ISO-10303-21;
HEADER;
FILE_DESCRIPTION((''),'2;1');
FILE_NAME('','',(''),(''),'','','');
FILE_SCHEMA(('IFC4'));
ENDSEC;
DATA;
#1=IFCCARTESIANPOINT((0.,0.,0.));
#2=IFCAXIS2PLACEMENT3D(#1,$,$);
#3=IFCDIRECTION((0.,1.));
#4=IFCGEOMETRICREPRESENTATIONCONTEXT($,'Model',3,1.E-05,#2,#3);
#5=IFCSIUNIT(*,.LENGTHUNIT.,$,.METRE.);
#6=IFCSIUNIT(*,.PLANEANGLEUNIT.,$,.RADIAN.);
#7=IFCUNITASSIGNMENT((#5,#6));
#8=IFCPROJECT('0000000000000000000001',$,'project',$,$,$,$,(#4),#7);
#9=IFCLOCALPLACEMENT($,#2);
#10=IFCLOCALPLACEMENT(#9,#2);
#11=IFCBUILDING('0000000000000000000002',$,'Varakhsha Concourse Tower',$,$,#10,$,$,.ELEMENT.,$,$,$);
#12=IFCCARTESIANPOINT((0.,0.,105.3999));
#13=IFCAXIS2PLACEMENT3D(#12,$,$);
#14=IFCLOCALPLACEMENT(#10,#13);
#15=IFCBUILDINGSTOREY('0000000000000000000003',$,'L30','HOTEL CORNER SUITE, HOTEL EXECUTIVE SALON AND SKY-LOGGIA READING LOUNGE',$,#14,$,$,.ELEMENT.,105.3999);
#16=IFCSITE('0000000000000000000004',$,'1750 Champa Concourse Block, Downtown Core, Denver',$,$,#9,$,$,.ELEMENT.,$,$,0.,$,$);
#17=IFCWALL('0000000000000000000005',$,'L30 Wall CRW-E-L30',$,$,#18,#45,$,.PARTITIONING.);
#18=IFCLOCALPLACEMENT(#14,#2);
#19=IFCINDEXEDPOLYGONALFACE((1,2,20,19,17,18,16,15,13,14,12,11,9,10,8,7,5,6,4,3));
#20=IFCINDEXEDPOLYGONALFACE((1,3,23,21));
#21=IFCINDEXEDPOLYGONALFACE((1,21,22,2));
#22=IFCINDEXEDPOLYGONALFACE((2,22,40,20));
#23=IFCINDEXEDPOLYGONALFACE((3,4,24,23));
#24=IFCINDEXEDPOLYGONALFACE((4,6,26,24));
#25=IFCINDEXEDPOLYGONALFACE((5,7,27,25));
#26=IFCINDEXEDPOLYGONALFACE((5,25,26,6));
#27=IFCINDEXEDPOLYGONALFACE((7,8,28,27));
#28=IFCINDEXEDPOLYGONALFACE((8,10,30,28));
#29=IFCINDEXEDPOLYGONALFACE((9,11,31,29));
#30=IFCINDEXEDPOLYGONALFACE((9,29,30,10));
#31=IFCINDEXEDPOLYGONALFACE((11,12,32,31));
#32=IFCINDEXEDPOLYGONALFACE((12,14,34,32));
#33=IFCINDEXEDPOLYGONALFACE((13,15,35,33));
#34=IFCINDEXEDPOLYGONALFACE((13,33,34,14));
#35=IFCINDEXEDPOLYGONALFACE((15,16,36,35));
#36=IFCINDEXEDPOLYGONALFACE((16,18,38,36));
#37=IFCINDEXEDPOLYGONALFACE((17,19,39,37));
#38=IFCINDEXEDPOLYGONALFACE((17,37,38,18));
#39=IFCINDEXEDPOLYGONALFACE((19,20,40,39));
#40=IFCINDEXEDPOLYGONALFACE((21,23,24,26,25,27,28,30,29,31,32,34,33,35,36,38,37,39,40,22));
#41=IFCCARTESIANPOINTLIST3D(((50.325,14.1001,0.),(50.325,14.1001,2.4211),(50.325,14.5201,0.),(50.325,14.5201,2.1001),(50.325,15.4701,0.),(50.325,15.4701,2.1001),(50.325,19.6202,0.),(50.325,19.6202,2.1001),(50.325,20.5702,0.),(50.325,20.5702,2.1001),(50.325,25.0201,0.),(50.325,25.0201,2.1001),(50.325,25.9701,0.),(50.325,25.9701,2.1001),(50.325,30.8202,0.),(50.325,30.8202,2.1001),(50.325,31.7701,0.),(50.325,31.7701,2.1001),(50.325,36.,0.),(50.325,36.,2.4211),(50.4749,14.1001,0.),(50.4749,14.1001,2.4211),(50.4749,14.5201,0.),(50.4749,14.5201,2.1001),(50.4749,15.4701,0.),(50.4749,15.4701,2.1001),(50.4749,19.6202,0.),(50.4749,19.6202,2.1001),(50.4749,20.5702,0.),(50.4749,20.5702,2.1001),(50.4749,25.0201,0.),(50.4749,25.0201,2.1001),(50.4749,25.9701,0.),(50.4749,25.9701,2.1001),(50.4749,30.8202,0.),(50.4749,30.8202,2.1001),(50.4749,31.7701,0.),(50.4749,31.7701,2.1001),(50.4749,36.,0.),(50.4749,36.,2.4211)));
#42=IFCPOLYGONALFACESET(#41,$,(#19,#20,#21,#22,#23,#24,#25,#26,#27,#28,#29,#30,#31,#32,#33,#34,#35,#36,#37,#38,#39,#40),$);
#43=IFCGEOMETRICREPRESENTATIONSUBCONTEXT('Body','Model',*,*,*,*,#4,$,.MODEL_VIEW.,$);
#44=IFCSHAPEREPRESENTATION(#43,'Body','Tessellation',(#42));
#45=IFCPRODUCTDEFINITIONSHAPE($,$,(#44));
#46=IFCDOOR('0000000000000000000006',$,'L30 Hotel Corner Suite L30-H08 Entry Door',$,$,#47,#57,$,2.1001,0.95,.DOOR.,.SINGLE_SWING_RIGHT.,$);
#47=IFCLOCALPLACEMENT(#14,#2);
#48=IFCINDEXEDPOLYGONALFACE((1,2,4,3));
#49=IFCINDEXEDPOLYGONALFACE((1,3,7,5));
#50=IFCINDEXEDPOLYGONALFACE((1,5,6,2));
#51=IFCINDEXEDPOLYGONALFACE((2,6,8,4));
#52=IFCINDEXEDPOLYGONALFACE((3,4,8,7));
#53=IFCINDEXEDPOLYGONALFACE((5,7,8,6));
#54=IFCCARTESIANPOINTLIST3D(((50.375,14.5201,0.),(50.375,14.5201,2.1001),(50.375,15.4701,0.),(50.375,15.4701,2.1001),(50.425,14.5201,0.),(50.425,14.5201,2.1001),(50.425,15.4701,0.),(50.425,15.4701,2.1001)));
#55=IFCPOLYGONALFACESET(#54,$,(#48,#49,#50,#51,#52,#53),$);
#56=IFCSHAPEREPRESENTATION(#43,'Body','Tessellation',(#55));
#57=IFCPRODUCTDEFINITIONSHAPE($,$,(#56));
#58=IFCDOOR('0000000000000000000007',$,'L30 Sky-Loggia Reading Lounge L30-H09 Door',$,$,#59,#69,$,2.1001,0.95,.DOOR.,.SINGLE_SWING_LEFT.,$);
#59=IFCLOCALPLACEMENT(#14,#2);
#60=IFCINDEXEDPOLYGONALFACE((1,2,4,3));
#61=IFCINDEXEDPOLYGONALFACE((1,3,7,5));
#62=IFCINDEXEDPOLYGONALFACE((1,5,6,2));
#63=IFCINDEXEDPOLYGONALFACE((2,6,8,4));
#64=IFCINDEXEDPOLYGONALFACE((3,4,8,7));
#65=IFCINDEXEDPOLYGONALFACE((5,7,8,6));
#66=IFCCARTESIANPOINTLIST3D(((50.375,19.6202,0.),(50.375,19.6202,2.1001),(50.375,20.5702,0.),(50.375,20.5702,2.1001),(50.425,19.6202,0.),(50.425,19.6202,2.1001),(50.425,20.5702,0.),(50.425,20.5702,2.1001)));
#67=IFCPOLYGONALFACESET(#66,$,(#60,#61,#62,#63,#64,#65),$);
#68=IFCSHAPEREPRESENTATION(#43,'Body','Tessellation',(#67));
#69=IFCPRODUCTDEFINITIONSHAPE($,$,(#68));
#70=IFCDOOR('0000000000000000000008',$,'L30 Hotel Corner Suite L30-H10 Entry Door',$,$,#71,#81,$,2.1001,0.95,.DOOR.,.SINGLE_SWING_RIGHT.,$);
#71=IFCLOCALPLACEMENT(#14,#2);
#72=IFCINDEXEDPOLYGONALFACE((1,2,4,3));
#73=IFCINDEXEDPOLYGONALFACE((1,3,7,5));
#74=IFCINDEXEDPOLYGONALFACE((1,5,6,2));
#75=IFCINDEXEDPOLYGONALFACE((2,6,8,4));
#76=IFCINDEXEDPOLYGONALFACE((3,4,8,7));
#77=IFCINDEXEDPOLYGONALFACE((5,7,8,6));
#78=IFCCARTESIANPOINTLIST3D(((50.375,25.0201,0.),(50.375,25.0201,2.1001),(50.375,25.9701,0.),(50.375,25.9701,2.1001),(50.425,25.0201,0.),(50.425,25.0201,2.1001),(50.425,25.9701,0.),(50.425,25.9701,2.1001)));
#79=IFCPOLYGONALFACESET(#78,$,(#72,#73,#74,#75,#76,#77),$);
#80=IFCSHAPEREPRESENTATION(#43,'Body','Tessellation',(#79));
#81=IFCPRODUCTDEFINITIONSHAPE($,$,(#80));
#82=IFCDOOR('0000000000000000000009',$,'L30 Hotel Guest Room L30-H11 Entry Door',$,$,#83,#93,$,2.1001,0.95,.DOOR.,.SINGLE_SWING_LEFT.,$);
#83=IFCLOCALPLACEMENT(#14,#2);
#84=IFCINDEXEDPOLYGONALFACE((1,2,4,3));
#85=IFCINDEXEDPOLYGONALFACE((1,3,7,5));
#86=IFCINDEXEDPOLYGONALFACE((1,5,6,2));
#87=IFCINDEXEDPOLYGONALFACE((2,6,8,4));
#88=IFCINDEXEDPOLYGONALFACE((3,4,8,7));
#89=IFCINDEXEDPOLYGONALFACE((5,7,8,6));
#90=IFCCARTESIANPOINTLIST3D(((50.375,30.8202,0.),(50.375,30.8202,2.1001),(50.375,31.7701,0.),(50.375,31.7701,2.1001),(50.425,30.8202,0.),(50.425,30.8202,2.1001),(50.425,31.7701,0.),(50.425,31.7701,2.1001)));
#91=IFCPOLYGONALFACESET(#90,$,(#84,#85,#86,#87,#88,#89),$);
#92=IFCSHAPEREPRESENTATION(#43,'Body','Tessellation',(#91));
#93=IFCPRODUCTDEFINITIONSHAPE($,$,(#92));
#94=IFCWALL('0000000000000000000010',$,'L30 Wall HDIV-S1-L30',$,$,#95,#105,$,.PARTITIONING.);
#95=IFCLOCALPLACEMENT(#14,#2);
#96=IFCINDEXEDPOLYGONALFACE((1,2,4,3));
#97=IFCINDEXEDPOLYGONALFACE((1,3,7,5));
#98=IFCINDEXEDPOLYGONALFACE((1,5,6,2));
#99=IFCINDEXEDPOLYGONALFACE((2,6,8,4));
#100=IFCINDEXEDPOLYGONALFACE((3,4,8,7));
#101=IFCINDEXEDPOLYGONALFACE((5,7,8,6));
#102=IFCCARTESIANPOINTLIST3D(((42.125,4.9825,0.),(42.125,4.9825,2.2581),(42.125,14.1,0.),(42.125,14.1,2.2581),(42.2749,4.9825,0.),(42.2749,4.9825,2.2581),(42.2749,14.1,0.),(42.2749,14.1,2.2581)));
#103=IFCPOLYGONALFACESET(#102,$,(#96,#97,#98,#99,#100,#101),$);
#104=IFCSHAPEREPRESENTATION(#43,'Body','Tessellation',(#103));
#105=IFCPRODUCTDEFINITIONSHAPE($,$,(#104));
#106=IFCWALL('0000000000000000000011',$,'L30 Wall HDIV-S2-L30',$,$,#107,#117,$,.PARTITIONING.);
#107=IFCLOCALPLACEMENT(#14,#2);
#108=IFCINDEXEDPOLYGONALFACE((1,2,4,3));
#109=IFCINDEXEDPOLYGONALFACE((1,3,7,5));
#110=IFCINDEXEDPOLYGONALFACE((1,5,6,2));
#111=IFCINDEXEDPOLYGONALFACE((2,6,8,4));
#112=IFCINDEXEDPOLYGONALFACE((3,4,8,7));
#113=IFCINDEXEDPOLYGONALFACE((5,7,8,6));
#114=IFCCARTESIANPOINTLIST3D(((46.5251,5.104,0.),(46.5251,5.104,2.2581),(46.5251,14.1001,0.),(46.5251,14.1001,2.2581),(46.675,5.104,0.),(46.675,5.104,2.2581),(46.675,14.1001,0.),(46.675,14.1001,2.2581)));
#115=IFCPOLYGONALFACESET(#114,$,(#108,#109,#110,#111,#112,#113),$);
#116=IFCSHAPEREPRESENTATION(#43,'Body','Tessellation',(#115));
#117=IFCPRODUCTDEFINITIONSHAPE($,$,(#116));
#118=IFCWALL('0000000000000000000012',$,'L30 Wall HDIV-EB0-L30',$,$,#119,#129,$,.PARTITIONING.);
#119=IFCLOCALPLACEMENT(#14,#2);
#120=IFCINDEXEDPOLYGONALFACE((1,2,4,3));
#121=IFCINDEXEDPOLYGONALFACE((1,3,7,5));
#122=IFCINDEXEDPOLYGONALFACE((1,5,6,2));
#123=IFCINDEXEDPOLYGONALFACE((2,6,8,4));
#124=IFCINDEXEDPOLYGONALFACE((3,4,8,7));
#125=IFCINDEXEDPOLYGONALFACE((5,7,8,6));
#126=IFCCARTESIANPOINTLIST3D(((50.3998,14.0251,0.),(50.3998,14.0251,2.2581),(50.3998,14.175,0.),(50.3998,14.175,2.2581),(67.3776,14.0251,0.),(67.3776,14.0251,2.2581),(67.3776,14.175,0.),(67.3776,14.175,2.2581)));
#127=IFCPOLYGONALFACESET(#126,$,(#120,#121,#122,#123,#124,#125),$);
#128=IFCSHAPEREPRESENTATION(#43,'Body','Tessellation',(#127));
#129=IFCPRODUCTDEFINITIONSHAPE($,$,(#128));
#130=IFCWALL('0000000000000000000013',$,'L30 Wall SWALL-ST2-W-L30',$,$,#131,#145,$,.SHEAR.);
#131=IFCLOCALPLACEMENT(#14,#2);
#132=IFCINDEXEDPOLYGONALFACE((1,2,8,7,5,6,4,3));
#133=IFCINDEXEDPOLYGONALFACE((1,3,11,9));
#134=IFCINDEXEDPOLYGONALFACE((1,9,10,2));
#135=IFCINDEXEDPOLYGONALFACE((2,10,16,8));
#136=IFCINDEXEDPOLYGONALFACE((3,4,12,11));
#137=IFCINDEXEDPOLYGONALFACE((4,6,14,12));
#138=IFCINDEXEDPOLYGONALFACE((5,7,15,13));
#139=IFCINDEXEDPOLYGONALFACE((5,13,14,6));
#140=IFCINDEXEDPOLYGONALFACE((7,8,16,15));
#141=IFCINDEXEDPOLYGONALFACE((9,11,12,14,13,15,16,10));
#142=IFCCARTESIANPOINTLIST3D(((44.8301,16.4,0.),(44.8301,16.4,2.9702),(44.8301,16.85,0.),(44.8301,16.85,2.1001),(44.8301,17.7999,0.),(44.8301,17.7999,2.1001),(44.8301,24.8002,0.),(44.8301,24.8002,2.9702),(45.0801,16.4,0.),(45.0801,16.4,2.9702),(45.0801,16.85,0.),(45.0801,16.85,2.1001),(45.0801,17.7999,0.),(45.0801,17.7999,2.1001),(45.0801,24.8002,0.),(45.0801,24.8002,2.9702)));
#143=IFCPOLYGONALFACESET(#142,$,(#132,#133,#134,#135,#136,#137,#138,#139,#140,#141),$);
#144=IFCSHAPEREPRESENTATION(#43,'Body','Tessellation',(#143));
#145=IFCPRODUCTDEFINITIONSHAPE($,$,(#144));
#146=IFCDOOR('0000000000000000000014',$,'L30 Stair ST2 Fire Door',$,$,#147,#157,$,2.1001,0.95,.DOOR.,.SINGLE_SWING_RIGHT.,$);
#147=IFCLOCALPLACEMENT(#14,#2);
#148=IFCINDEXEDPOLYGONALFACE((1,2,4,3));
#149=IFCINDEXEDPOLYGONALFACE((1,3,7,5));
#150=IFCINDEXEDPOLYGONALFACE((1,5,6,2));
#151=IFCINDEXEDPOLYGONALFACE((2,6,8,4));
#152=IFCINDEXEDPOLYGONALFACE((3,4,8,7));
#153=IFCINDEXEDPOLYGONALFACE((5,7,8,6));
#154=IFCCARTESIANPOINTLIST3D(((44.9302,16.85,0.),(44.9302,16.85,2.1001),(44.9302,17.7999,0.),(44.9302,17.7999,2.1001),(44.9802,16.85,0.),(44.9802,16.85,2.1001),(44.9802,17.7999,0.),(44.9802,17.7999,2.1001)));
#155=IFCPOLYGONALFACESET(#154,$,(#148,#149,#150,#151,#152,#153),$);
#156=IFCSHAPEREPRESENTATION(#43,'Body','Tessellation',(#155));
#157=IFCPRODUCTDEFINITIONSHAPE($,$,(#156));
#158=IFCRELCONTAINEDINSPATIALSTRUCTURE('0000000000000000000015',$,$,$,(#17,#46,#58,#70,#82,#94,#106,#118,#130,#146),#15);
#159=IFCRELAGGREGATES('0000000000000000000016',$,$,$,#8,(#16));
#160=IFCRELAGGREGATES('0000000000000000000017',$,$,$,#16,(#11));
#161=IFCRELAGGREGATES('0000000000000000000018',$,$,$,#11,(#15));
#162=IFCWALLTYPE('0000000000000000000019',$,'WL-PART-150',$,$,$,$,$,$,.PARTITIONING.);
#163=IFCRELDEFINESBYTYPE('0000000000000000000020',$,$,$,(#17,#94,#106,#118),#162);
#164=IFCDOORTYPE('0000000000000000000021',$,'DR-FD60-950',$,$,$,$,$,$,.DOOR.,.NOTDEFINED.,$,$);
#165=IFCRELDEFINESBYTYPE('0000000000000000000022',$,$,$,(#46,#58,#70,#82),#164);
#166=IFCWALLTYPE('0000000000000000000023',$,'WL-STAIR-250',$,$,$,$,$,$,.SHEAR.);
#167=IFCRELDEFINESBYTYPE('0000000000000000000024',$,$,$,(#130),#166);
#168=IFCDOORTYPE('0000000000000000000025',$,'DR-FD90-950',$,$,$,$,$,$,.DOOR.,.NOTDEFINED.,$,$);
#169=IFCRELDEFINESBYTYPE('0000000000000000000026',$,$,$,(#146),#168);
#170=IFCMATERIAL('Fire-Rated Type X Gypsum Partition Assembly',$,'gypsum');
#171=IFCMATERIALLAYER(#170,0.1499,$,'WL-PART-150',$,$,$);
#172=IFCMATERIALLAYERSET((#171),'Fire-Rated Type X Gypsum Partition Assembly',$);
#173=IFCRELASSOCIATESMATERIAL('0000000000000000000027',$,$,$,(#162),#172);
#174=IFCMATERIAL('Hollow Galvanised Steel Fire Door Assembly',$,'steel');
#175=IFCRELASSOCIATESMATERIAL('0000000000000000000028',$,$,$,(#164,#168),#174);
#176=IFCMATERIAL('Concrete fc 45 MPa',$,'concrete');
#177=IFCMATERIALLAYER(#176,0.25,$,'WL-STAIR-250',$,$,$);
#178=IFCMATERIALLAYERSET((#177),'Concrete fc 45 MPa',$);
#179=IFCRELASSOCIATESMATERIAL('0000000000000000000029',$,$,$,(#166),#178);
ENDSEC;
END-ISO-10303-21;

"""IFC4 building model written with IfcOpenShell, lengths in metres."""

from ifc_helpers import new_model, si_unit, direction, frame, frame_2d, origin, place, context, subcontext, project, spatial, rectangle, extrude, material, layer, layer_set, type_object, element, fill, save


model = new_model("IFC4")

# Units and contexts
model_context = context("Model", 3, precision=1e-05, world=origin(), true_north=direction((0.0, 1.0)))
body_context = subcontext(model_context, "Body", "Model", "MODEL_VIEW")
ifc_project = project(units=[si_unit("LENGTHUNIT", "METRE"), si_unit("PLANEANGLEUNIT", "RADIAN")], contexts=[model_context])

# Site, building, storey
site_placement = place(None, origin())
site = spatial("IfcSite", under=ifc_project, at=site_placement, Name="1750 Champa Concourse Block, Downtown Core, Denver", CompositionType="ELEMENT", RefElevation=0.0)
building_placement = place(site_placement, origin())
building = spatial("IfcBuilding", under=site, at=building_placement, Name="Varakhsha Concourse Tower", CompositionType="ELEMENT")
storey_placement = place(building_placement, frame((0.0, 0.0, 105.3999)))
storey = spatial("IfcBuildingStorey", under=building, at=storey_placement, Name="L30", Description="HOTEL CORNER SUITE, HOTEL EXECUTIVE SALON AND SKY-LOGGIA READING LOUNGE", CompositionType="ELEMENT", Elevation=105.3999)

# Shared definitions
ifc_material_1 = material(Name="Concrete fc 45 MPa", Category="concrete")

# Shared definitions
ifc_material_2 = material(Name="Fire-Rated Type X Gypsum Partition Assembly", Category="gypsum")

# Wall, openings, doors
ifc_layer_1 = layer(ifc_material_2, 0.1499, Name="WL-PART-150")
ifc_layer_set_1 = layer_set([ifc_layer_1], Name="Fire-Rated Type X Gypsum Partition Assembly")
wall_type_1 = type_object("IfcWallType", Name="WL-PART-150", PredefinedType="PARTITIONING", material=ifc_layer_set_1)
wall_1_placement = place(storey_placement, frame((50.3999, 14.1001, 0.0), z_axis=(0.0, 0.0, 1.0), x_axis=(0.0, 1.0, 0.0)))
wall_1 = element("IfcWall", 1, at=wall_1_placement, inside=storey, type_object=wall_type_1, Name="L30 Wall CRW-E-L30", PredefinedType="PARTITIONING", context=body_context, shape_type="SweptSolid", body=[
    extrude(rectangle(XDim=21.8999, YDim=0.1499, at=frame_2d((10.95, 0.0))), origin(), (0.0, 0.0, 1.0), 2.4211),
])
opening_1_placement = place(wall_1_placement, frame((0.4199, 0.0, 0.0)))
opening_1 = element("IfcOpeningElement", 2, at=opening_1_placement, cuts=wall_1, PredefinedType="OPENING", context=body_context, shape_type="SweptSolid", body=[
    extrude(rectangle(XDim=0.95, YDim=2.1001, at=frame_2d((0.4751, 1.05))), frame((0.0, 0.085, 0.0), z_axis=(0.0, -1.0, 0.0), x_axis=(1.0, 0.0, 0.0)), (0.0, 0.0, 1.0), 0.1699),
])
opening_2_placement = place(wall_1_placement, frame((5.52, 0.0, 0.0)))
opening_2 = element("IfcOpeningElement", 3, at=opening_2_placement, cuts=wall_1, PredefinedType="OPENING", context=body_context, shape_type="SweptSolid", body=[
    extrude(rectangle(XDim=0.95, YDim=2.1001, at=frame_2d((0.4751, 1.05))), frame((0.0, 0.085, 0.0), z_axis=(0.0, -1.0, 0.0), x_axis=(1.0, 0.0, 0.0)), (0.0, 0.0, 1.0), 0.1699),
])
opening_3_placement = place(wall_1_placement, frame((10.9199, 0.0, 0.0)))
opening_3 = element("IfcOpeningElement", 4, at=opening_3_placement, cuts=wall_1, PredefinedType="OPENING", context=body_context, shape_type="SweptSolid", body=[
    extrude(rectangle(XDim=0.95, YDim=2.1001, at=frame_2d((0.4751, 1.05))), frame((0.0, 0.085, 0.0), z_axis=(0.0, -1.0, 0.0), x_axis=(1.0, 0.0, 0.0)), (0.0, 0.0, 1.0), 0.1699),
])
opening_4_placement = place(wall_1_placement, frame((16.72, 0.0, 0.0)))
opening_4 = element("IfcOpeningElement", 5, at=opening_4_placement, cuts=wall_1, PredefinedType="OPENING", context=body_context, shape_type="SweptSolid", body=[
    extrude(rectangle(XDim=0.95, YDim=2.1001, at=frame_2d((0.4751, 1.05))), frame((0.0, 0.085, 0.0), z_axis=(0.0, -1.0, 0.0), x_axis=(1.0, 0.0, 0.0)), (0.0, 0.0, 1.0), 0.1699),
])
ifc_material_3 = material(Name="Hollow Galvanised Steel Fire Door Assembly", Category="steel")
door_type_1 = type_object("IfcDoorType", Name="DR-FD60-950", OperationType="NOTDEFINED", PredefinedType="DOOR", material=ifc_material_3)
door_1_placement = place(opening_1_placement, origin())
door_1 = element("IfcDoor", 6, at=door_1_placement, inside=storey, type_object=door_type_1, Name="L30 Hotel Corner Suite L30-H08 Entry Door", OperationType="SINGLE_SWING_RIGHT", OverallHeight=2.1001, OverallWidth=0.95, PredefinedType="DOOR", context=body_context, shape_type="SweptSolid", body=[
    extrude(rectangle(XDim=0.95, YDim=2.1001, at=frame_2d((0.4751, 1.05))), frame((0.0, 0.0249, 0.0), z_axis=(0.0, -1.0, 0.0), x_axis=(1.0, 0.0, 0.0)), (0.0, 0.0, 1.0), 0.05),
])
fill(opening_1, door_1)
door_2_placement = place(opening_2_placement, origin())
door_2 = element("IfcDoor", 7, at=door_2_placement, inside=storey, type_object=door_type_1, Name="L30 Sky-Loggia Reading Lounge L30-H09 Door", OperationType="SINGLE_SWING_LEFT", OverallHeight=2.1001, OverallWidth=0.95, PredefinedType="DOOR", context=body_context, shape_type="SweptSolid", body=[
    extrude(rectangle(XDim=0.95, YDim=2.1001, at=frame_2d((0.4751, 1.05))), frame((0.0, 0.0249, 0.0), z_axis=(0.0, -1.0, 0.0), x_axis=(1.0, 0.0, 0.0)), (0.0, 0.0, 1.0), 0.05),
])
fill(opening_2, door_2)
door_3_placement = place(opening_3_placement, origin())
door_3 = element("IfcDoor", 8, at=door_3_placement, inside=storey, type_object=door_type_1, Name="L30 Hotel Corner Suite L30-H10 Entry Door", OperationType="SINGLE_SWING_RIGHT", OverallHeight=2.1001, OverallWidth=0.95, PredefinedType="DOOR", context=body_context, shape_type="SweptSolid", body=[
    extrude(rectangle(XDim=0.95, YDim=2.1001, at=frame_2d((0.4751, 1.05))), frame((0.0, 0.0249, 0.0), z_axis=(0.0, -1.0, 0.0), x_axis=(1.0, 0.0, 0.0)), (0.0, 0.0, 1.0), 0.05),
])
fill(opening_3, door_3)
door_4_placement = place(opening_4_placement, origin())
door_4 = element("IfcDoor", 9, at=door_4_placement, inside=storey, type_object=door_type_1, Name="L30 Hotel Guest Room L30-H11 Entry Door", OperationType="SINGLE_SWING_LEFT", OverallHeight=2.1001, OverallWidth=0.95, PredefinedType="DOOR", context=body_context, shape_type="SweptSolid", body=[
    extrude(rectangle(XDim=0.95, YDim=2.1001, at=frame_2d((0.4751, 1.05))), frame((0.0, 0.0249, 0.0), z_axis=(0.0, -1.0, 0.0), x_axis=(1.0, 0.0, 0.0)), (0.0, 0.0, 1.0), 0.05),
])
fill(opening_4, door_4)

# Walls
wall_2_placement = place(storey_placement, frame((42.2, 4.9827, 0.0), z_axis=(0.0, 0.0, 1.0), x_axis=(0.0, 1.0, 0.0)))
element("IfcWall", 10, at=wall_2_placement, inside=storey, type_object=wall_type_1, Name="L30 Wall HDIV-S1-L30", PredefinedType="PARTITIONING", context=body_context, shape_type="SweptSolid", body=[
    extrude(rectangle(XDim=9.1174, YDim=0.1499, at=frame_2d((4.5586, 0.0))), origin(), (0.0, 0.0, 1.0), 2.2581),
])
wall_3_placement = place(storey_placement, frame((46.6001, 5.104, 0.0), z_axis=(0.0, 0.0, 1.0), x_axis=(0.0, 1.0, 0.0)))
element("IfcWall", 11, at=wall_3_placement, inside=storey, type_object=wall_type_1, Name="L30 Wall HDIV-S2-L30", PredefinedType="PARTITIONING", context=body_context, shape_type="SweptSolid", body=[
    extrude(rectangle(XDim=8.9961, YDim=0.1499, at=frame_2d((4.498, 0.0))), origin(), (0.0, 0.0, 1.0), 2.2581),
])
wall_4_placement = place(storey_placement, frame((50.3999, 14.1001, 0.0), z_axis=(0.0, 0.0, 1.0), x_axis=(1.0, 0.0, 0.0)))
element("IfcWall", 12, at=wall_4_placement, inside=storey, type_object=wall_type_1, Name="L30 Wall HDIV-EB0-L30", PredefinedType="PARTITIONING", context=body_context, shape_type="SweptSolid", body=[
    extrude(rectangle(XDim=16.9778, YDim=0.1499, at=frame_2d((8.4888, 0.0))), origin(), (0.0, 0.0, 1.0), 2.2581),
])

# Wall, opening, door
ifc_layer_2 = layer(ifc_material_1, 0.25, Name="WL-STAIR-250")
ifc_layer_set_2 = layer_set([ifc_layer_2], Name="Concrete fc 45 MPa")
wall_type_2 = type_object("IfcWallType", Name="WL-STAIR-250", PredefinedType="SHEAR", material=ifc_layer_set_2)
wall_5_placement = place(storey_placement, frame((44.9551, 16.3999, 0.0), z_axis=(0.0, 0.0, 1.0), x_axis=(0.0, 1.0, 0.0)))
wall_5 = element("IfcWall", 13, at=wall_5_placement, inside=storey, type_object=wall_type_2, Name="L30 Wall SWALL-ST2-W-L30", PredefinedType="SHEAR", context=body_context, shape_type="SweptSolid", body=[
    extrude(rectangle(XDim=8.4001, YDim=0.25, at=frame_2d((4.2002, 0.0))), origin(), (0.0, 0.0, 1.0), 2.9702),
])
opening_5_placement = place(wall_5_placement, frame((0.45, 0.0, 0.0)))
opening_5 = element("IfcOpeningElement", 14, at=opening_5_placement, cuts=wall_5, PredefinedType="OPENING", context=body_context, shape_type="SweptSolid", body=[
    extrude(rectangle(XDim=0.95, YDim=2.1001, at=frame_2d((0.4751, 1.05))), frame((0.0, 0.135, 0.0), z_axis=(0.0, -1.0, 0.0), x_axis=(1.0, 0.0, 0.0)), (0.0, 0.0, 1.0), 0.27),
])
door_type_2 = type_object("IfcDoorType", Name="DR-FD90-950", OperationType="NOTDEFINED", PredefinedType="DOOR", material=ifc_material_3)
door_5_placement = place(opening_5_placement, origin())
door_5 = element("IfcDoor", 15, at=door_5_placement, inside=storey, type_object=door_type_2, Name="L30 Stair ST2 Fire Door", OperationType="SINGLE_SWING_RIGHT", OverallHeight=2.1001, OverallWidth=0.95, PredefinedType="DOOR", context=body_context, shape_type="SweptSolid", body=[
    extrude(rectangle(XDim=0.95, YDim=2.1001, at=frame_2d((0.4751, 1.05))), frame((0.0, 0.0249, 0.0), z_axis=(0.0, -1.0, 0.0), x_axis=(1.0, 0.0, 0.0)), (0.0, 0.0, 1.0), 0.05),
])
fill(opening_5, door_5)

save(model, "model.ifc")
